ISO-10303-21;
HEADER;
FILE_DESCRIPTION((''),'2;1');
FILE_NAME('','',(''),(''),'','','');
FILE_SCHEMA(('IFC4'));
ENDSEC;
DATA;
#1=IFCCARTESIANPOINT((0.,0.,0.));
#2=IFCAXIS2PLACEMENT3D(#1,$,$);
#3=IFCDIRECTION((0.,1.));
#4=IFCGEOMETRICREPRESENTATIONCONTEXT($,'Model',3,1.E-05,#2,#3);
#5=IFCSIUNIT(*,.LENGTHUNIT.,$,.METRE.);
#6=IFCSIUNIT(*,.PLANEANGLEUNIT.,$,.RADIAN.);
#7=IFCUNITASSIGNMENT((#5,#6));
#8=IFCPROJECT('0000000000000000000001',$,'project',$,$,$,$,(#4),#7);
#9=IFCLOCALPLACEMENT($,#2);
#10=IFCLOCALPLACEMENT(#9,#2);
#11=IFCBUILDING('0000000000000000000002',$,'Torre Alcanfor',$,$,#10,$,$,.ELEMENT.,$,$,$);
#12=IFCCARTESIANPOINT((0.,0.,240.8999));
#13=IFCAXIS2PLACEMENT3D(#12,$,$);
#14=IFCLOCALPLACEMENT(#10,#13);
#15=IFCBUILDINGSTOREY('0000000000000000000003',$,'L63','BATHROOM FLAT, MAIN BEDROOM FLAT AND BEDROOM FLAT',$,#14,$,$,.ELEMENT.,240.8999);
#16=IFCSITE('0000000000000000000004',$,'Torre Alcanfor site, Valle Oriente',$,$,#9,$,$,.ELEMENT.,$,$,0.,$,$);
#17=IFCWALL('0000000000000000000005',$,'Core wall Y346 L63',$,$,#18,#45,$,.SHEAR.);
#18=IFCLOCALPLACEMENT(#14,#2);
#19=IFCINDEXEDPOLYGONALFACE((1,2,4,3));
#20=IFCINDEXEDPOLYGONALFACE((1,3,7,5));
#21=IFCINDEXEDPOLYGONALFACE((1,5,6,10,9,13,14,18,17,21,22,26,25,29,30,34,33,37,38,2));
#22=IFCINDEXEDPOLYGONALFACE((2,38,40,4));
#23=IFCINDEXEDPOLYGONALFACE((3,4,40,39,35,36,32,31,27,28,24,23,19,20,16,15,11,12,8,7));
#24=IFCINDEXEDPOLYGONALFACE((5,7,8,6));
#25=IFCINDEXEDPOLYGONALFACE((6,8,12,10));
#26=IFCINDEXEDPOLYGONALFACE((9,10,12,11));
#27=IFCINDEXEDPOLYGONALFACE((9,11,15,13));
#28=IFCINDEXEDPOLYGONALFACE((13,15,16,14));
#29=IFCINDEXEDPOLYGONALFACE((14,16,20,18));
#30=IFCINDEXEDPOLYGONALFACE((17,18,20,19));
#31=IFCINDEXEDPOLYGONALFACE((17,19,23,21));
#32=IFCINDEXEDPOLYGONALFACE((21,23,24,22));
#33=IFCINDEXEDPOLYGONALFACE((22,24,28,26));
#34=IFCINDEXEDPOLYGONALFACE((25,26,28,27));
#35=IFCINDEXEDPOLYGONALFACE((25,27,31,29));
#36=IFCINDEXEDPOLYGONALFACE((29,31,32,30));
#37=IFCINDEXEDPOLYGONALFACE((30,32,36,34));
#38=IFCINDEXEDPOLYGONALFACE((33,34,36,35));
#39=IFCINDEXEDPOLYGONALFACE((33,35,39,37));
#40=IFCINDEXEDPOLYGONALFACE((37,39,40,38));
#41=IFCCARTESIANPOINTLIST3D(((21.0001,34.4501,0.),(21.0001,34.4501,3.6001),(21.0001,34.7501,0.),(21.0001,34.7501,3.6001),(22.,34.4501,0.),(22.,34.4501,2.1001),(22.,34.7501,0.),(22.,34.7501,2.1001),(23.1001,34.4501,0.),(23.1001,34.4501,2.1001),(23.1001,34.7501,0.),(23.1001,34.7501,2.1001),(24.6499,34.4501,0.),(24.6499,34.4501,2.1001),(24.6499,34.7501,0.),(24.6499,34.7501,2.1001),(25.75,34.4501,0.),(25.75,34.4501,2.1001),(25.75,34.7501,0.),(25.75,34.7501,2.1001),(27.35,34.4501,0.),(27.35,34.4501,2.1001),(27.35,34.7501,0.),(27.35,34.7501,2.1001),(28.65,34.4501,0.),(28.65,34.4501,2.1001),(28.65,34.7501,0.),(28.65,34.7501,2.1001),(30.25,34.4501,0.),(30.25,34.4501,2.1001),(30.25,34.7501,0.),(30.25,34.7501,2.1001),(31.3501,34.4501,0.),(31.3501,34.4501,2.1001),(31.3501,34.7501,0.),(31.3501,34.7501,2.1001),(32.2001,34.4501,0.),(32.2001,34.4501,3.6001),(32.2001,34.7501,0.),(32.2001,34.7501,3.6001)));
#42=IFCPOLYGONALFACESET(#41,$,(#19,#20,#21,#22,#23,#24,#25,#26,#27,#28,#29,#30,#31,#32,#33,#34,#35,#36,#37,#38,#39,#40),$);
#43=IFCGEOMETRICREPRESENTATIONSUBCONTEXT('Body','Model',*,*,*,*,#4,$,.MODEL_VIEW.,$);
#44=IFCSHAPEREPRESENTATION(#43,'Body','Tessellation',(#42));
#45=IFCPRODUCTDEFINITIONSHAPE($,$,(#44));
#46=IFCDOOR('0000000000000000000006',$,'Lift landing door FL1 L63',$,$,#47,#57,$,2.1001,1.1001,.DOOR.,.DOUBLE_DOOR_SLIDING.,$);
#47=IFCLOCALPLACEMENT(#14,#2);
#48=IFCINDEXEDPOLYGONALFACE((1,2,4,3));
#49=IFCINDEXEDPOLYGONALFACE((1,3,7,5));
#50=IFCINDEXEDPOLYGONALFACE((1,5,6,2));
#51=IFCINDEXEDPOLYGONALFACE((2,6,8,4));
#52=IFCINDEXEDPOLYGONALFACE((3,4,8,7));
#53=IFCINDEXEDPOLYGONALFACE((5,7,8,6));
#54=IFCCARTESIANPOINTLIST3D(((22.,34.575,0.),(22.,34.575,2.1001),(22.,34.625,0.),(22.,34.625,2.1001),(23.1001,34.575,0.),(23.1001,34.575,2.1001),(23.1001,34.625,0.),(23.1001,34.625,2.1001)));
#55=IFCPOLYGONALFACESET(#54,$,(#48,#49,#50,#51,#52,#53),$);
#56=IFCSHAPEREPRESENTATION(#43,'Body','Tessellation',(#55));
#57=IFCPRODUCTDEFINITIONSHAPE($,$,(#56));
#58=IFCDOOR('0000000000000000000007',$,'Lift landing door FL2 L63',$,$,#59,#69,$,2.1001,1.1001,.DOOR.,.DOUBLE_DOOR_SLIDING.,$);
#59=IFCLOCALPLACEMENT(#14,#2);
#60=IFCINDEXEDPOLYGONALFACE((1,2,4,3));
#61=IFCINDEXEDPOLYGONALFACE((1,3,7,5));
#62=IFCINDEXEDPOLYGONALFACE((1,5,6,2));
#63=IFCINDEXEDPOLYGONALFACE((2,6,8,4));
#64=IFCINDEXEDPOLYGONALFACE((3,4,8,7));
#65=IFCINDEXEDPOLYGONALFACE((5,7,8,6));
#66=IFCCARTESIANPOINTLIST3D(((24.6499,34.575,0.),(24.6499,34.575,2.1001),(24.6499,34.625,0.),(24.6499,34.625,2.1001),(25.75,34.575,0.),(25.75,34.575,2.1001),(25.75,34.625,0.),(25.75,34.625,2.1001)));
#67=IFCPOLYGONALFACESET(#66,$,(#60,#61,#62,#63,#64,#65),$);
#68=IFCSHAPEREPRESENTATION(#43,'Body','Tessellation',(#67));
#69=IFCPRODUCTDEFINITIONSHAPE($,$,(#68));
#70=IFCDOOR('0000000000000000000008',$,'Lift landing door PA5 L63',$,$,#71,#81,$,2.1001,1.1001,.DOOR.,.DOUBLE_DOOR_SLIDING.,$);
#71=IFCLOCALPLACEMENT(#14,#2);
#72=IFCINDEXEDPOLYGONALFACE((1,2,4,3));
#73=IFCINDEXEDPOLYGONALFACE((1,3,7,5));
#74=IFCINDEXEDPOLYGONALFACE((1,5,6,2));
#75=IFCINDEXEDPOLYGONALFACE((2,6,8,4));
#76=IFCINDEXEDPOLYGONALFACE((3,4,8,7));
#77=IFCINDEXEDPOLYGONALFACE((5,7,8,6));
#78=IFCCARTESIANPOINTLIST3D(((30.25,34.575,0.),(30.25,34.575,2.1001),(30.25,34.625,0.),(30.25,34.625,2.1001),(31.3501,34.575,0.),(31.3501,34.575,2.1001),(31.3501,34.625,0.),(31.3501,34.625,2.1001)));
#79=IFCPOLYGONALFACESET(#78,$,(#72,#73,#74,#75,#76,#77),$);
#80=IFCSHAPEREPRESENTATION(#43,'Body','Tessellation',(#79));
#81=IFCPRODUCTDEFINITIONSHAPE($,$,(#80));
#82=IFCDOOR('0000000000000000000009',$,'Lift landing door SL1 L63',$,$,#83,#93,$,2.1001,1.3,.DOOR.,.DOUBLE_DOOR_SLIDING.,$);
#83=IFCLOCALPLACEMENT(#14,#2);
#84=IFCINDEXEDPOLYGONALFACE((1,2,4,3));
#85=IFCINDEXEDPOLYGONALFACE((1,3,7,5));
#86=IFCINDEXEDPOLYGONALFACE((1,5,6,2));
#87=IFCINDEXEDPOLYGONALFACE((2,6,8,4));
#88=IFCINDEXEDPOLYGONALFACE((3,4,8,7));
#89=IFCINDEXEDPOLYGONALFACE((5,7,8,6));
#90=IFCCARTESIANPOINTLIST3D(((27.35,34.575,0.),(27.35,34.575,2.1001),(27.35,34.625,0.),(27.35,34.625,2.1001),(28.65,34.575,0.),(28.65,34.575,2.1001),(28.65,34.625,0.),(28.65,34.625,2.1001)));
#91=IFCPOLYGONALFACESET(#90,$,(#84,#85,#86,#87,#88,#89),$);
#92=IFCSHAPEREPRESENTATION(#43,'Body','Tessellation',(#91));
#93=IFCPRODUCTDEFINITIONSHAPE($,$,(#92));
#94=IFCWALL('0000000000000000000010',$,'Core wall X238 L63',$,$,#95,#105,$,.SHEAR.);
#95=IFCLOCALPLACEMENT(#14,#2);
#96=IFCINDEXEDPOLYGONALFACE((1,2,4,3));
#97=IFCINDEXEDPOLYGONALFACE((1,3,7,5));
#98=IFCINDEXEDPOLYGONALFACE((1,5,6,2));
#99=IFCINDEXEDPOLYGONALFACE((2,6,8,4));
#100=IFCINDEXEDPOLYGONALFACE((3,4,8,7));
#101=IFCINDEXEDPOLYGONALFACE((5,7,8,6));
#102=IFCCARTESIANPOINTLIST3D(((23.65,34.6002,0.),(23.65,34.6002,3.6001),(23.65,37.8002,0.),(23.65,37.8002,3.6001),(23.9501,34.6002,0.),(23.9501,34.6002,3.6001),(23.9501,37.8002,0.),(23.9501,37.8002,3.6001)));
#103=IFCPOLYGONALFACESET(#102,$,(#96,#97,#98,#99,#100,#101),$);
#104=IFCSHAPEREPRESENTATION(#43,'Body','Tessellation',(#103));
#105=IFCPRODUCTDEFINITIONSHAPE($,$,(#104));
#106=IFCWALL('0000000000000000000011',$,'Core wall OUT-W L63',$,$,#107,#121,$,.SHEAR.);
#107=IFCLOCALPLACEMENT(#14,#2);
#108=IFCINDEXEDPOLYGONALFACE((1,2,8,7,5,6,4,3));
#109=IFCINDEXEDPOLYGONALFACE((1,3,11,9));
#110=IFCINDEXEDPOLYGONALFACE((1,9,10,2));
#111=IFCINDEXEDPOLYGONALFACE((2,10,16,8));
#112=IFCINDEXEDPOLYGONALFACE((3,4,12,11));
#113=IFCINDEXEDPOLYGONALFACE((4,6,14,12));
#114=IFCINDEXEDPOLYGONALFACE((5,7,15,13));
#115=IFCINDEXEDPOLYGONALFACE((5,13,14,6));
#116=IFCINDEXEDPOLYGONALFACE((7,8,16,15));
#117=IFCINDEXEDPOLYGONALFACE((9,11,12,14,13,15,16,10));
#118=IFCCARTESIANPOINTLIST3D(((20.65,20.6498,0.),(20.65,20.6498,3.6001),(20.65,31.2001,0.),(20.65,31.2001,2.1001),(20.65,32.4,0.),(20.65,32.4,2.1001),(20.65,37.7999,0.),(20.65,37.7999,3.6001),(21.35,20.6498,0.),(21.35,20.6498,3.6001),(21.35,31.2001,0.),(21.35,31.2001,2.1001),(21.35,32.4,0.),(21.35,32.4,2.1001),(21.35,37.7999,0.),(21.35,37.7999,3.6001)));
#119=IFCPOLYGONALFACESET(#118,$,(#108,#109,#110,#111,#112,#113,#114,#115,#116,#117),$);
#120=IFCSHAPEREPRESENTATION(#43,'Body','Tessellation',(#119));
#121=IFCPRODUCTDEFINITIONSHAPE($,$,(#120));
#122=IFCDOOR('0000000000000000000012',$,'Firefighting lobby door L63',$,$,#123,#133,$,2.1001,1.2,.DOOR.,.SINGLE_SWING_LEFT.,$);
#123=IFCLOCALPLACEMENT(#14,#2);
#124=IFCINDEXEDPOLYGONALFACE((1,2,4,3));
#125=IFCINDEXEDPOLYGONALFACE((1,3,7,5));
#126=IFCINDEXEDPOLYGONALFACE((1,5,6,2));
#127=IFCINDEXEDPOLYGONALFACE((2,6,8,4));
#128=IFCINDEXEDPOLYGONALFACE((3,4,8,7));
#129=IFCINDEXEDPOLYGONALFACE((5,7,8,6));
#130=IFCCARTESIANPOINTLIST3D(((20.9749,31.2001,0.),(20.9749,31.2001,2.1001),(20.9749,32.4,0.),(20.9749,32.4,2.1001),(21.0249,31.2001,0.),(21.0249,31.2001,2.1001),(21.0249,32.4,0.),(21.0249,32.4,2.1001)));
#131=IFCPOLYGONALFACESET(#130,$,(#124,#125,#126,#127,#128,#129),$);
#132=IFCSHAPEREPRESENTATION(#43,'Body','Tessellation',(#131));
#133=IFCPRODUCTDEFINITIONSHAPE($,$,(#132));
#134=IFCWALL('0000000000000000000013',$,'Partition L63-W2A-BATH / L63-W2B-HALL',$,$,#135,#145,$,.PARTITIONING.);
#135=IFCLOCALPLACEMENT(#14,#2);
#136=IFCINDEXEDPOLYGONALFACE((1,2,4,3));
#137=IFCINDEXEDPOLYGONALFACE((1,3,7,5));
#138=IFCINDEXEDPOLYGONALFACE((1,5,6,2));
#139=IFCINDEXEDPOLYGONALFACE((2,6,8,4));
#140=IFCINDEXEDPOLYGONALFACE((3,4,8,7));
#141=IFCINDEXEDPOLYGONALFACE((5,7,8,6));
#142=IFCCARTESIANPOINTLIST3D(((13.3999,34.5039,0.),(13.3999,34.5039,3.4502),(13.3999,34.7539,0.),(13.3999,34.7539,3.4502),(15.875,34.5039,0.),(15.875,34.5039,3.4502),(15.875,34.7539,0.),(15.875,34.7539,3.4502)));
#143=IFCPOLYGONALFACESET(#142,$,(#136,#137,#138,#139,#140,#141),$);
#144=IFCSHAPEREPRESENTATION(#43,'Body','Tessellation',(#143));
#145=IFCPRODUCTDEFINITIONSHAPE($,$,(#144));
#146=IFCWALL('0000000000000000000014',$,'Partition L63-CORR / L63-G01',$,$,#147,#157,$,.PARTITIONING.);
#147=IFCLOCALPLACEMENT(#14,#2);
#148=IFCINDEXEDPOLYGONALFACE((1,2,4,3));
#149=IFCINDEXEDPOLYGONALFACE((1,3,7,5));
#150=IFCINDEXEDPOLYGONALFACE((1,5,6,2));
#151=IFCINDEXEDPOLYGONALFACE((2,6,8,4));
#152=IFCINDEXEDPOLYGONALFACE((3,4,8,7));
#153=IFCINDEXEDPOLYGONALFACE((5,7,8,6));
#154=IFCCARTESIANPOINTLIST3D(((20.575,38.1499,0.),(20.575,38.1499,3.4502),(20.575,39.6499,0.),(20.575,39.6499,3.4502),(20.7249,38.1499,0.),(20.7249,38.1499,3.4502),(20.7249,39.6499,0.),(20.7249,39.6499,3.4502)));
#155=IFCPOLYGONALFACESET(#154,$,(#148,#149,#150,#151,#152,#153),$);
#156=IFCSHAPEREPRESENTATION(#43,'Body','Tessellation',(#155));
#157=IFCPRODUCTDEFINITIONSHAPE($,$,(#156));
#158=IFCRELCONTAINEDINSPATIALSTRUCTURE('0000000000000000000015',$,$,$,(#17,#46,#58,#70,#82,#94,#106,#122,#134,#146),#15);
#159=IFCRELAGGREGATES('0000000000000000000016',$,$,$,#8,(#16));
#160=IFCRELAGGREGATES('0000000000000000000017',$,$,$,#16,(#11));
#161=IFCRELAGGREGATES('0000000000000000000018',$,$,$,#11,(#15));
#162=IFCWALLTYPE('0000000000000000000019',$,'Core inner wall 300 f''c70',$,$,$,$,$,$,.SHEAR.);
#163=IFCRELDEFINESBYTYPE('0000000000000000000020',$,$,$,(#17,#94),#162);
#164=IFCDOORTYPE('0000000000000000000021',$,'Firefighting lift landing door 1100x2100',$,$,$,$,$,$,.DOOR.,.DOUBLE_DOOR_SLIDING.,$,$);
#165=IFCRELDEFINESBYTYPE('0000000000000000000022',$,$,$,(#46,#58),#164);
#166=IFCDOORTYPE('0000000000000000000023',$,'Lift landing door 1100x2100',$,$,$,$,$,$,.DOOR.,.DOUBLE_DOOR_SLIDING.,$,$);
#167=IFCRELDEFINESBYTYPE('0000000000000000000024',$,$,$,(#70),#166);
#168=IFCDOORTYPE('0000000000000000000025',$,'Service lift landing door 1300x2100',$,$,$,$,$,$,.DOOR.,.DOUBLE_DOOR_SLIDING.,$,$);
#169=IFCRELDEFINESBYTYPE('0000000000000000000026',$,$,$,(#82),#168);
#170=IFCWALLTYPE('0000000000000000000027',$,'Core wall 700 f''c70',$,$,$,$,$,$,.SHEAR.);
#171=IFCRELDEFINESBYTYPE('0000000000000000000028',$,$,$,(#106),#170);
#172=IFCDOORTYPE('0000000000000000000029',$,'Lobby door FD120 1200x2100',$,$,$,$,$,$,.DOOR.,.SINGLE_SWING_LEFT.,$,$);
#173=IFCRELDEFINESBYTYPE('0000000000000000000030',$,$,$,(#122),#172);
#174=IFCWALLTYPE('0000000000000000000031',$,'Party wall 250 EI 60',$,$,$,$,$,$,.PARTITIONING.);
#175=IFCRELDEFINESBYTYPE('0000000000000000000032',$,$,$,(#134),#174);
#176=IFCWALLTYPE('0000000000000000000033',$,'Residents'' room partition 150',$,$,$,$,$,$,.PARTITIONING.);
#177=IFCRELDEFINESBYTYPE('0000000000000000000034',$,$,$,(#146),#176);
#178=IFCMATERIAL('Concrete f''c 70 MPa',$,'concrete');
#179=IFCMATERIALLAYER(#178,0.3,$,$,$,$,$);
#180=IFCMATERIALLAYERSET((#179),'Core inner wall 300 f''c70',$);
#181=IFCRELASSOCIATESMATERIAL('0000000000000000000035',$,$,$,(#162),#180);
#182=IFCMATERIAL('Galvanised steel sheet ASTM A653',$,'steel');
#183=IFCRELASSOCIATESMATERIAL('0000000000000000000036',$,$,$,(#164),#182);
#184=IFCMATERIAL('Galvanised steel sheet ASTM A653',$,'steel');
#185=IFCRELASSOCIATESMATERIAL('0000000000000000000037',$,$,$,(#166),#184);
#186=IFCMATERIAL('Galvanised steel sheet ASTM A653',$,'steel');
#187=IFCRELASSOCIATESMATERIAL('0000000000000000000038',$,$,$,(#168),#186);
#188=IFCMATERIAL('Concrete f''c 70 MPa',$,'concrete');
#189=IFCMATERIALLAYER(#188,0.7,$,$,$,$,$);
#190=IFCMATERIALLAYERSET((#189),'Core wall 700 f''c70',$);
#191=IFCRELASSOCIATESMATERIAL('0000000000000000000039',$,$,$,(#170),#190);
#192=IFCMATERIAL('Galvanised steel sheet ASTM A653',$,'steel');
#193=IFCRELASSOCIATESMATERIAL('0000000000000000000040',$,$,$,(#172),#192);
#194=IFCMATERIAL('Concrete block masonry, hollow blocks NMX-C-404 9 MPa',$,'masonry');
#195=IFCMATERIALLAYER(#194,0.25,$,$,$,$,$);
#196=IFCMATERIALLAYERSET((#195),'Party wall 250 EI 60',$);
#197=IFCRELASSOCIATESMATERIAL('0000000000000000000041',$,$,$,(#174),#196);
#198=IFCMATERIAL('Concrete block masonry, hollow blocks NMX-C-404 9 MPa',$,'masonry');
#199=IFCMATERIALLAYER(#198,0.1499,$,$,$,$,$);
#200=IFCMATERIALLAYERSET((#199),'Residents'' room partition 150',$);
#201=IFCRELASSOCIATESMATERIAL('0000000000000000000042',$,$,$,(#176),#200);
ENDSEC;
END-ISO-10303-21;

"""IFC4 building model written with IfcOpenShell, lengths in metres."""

from ifc_helpers import new_model, si_unit, direction, frame, frame_2d, origin, place, context, subcontext, project, spatial, rectangle, extrude, material, layer, layer_set, type_object, element, fill, save


model = new_model("IFC4")

# Units and contexts
model_context = context("Model", 3, precision=1e-05, world=origin(), true_north=direction((0.0, 1.0)))
body_context = subcontext(model_context, "Body", "Model", "MODEL_VIEW")
ifc_project = project(units=[si_unit("LENGTHUNIT", "METRE"), si_unit("PLANEANGLEUNIT", "RADIAN")], contexts=[model_context])

# Site, building, storey
site_placement = place(None, origin())
site = spatial("IfcSite", under=ifc_project, at=site_placement, Name="Torre Alcanfor site, Valle Oriente", CompositionType="ELEMENT", RefElevation=0.0)
building_placement = place(site_placement, origin())
building = spatial("IfcBuilding", under=site, at=building_placement, Name="Torre Alcanfor", CompositionType="ELEMENT")
storey_placement = place(building_placement, frame((0.0, 0.0, 240.8999)))
storey = spatial("IfcBuildingStorey", under=building, at=storey_placement, Name="L63", Description="BATHROOM FLAT, MAIN BEDROOM FLAT AND BEDROOM FLAT", CompositionType="ELEMENT", Elevation=240.8999)

# Wall, openings, doors
ifc_material_1 = material(Name="Concrete f'c 70 MPa", Category="concrete")
ifc_layer_1 = layer(ifc_material_1, 0.3)
ifc_layer_set_1 = layer_set([ifc_layer_1], Name="Core inner wall 300 f'c70")
wall_type_1 = type_object("IfcWallType", Name="Core inner wall 300 f'c70", PredefinedType="SHEAR", material=ifc_layer_set_1)
wall_1_placement = place(storey_placement, frame((21.0, 34.6001, 0.0), z_axis=(0.0, 0.0, 1.0), x_axis=(1.0, 0.0, 0.0)))
wall_1 = element("IfcWall", 1, at=wall_1_placement, inside=storey, type_object=wall_type_1, Name="Core wall Y346 L63", PredefinedType="SHEAR", context=body_context, shape_type="SweptSolid", body=[
    extrude(rectangle(XDim=11.2, YDim=0.3, at=frame_2d((5.6001, 0.0))), origin(), (0.0, 0.0, 1.0), 3.6001),
])
opening_1_placement = place(wall_1_placement, frame((9.25, 0.0, 0.0)))
opening_1 = element("IfcOpeningElement", 2, at=opening_1_placement, cuts=wall_1, PredefinedType="OPENING", context=body_context, shape_type="SweptSolid", body=[
    extrude(rectangle(XDim=1.1001, YDim=2.1001, at=frame_2d((0.55, 1.05))), frame((0.0, 0.1599, 0.0), z_axis=(0.0, -1.0, 0.0), x_axis=(1.0, 0.0, 0.0)), (0.0, 0.0, 1.0), 0.3201),
])
opening_2_placement = place(wall_1_placement, frame((1.0, 0.0, 0.0)))
opening_2 = element("IfcOpeningElement", 3, at=opening_2_placement, cuts=wall_1, PredefinedType="OPENING", context=body_context, shape_type="SweptSolid", body=[
    extrude(rectangle(XDim=1.1001, YDim=2.1001, at=frame_2d((0.55, 1.05))), frame((0.0, 0.1599, 0.0), z_axis=(0.0, -1.0, 0.0), x_axis=(1.0, 0.0, 0.0)), (0.0, 0.0, 1.0), 0.3201),
])
opening_3_placement = place(wall_1_placement, frame((3.6499, 0.0, 0.0)))
opening_3 = element("IfcOpeningElement", 4, at=opening_3_placement, cuts=wall_1, PredefinedType="OPENING", context=body_context, shape_type="SweptSolid", body=[
    extrude(rectangle(XDim=1.1001, YDim=2.1001, at=frame_2d((0.55, 1.05))), frame((0.0, 0.1599, 0.0), z_axis=(0.0, -1.0, 0.0), x_axis=(1.0, 0.0, 0.0)), (0.0, 0.0, 1.0), 0.3201),
])
opening_4_placement = place(wall_1_placement, frame((6.3501, 0.0, 0.0)))
opening_4 = element("IfcOpeningElement", 5, at=opening_4_placement, cuts=wall_1, PredefinedType="OPENING", context=body_context, shape_type="SweptSolid", body=[
    extrude(rectangle(XDim=1.3, YDim=2.1001, at=frame_2d((0.6499, 1.05))), frame((0.0, 0.1599, 0.0), z_axis=(0.0, -1.0, 0.0), x_axis=(1.0, 0.0, 0.0)), (0.0, 0.0, 1.0), 0.3201),
])
ifc_material_2 = material(Name="Galvanised steel sheet ASTM A653", Category="steel")
door_type_1 = type_object("IfcDoorType", Name="Firefighting lift landing door 1100x2100", OperationType="DOUBLE_DOOR_SLIDING", PredefinedType="DOOR", material=ifc_material_2)
door_1_placement = place(opening_2_placement, origin())
door_1 = element("IfcDoor", 6, at=door_1_placement, inside=storey, type_object=door_type_1, Name="Lift landing door FL1 L63", OperationType="DOUBLE_DOOR_SLIDING", OverallHeight=2.1001, OverallWidth=1.1001, PredefinedType="DOOR", context=body_context, shape_type="SweptSolid", body=[
    extrude(rectangle(XDim=1.1001, YDim=2.1001, at=frame_2d((0.55, 1.05))), frame((0.0, 0.0249, 0.0), z_axis=(0.0, -1.0, 0.0), x_axis=(1.0, 0.0, 0.0)), (0.0, 0.0, 1.0), 0.05),
])
fill(opening_2, door_1)
door_2_placement = place(opening_3_placement, origin())
door_2 = element("IfcDoor", 7, at=door_2_placement, inside=storey, type_object=door_type_1, Name="Lift landing door FL2 L63", OperationType="DOUBLE_DOOR_SLIDING", OverallHeight=2.1001, OverallWidth=1.1001, PredefinedType="DOOR", context=body_context, shape_type="SweptSolid", body=[
    extrude(rectangle(XDim=1.1001, YDim=2.1001, at=frame_2d((0.55, 1.05))), frame((0.0, 0.0249, 0.0), z_axis=(0.0, -1.0, 0.0), x_axis=(1.0, 0.0, 0.0)), (0.0, 0.0, 1.0), 0.05),
])
fill(opening_3, door_2)
ifc_material_3 = material(Name="Galvanised steel sheet ASTM A653", Category="steel")
door_type_2 = type_object("IfcDoorType", Name="Lift landing door 1100x2100", OperationType="DOUBLE_DOOR_SLIDING", PredefinedType="DOOR", material=ifc_material_3)
door_3_placement = place(opening_1_placement, origin())
door_3 = element("IfcDoor", 8, at=door_3_placement, inside=storey, type_object=door_type_2, Name="Lift landing door PA5 L63", OperationType="DOUBLE_DOOR_SLIDING", OverallHeight=2.1001, OverallWidth=1.1001, PredefinedType="DOOR", context=body_context, shape_type="SweptSolid", body=[
    extrude(rectangle(XDim=1.1001, YDim=2.1001, at=frame_2d((0.55, 1.05))), frame((0.0, 0.0249, 0.0), z_axis=(0.0, -1.0, 0.0), x_axis=(1.0, 0.0, 0.0)), (0.0, 0.0, 1.0), 0.05),
])
fill(opening_1, door_3)
ifc_material_4 = material(Name="Galvanised steel sheet ASTM A653", Category="steel")
door_type_3 = type_object("IfcDoorType", Name="Service lift landing door 1300x2100", OperationType="DOUBLE_DOOR_SLIDING", PredefinedType="DOOR", material=ifc_material_4)
door_4_placement = place(opening_4_placement, origin())
door_4 = element("IfcDoor", 9, at=door_4_placement, inside=storey, type_object=door_type_3, Name="Lift landing door SL1 L63", OperationType="DOUBLE_DOOR_SLIDING", OverallHeight=2.1001, OverallWidth=1.3, PredefinedType="DOOR", context=body_context, shape_type="SweptSolid", body=[
    extrude(rectangle(XDim=1.3, YDim=2.1001, at=frame_2d((0.6499, 1.05))), frame((0.0, 0.0249, 0.0), z_axis=(0.0, -1.0, 0.0), x_axis=(1.0, 0.0, 0.0)), (0.0, 0.0, 1.0), 0.05),
])
fill(opening_4, door_4)

# Wall
wall_2_placement = place(storey_placement, frame((23.8, 34.6001, 0.0), z_axis=(0.0, 0.0, 1.0), x_axis=(0.0, 1.0, 0.0)))
element("IfcWall", 10, at=wall_2_placement, inside=storey, type_object=wall_type_1, Name="Core wall X238 L63", PredefinedType="SHEAR", context=body_context, shape_type="SweptSolid", body=[
    extrude(rectangle(XDim=3.2, YDim=0.3, at=frame_2d((1.6001, 0.0))), origin(), (0.0, 0.0, 1.0), 3.6001),
])

# Wall, opening, door
ifc_material_5 = material(Name="Concrete f'c 70 MPa", Category="concrete")
ifc_layer_2 = layer(ifc_material_5, 0.7)
ifc_layer_set_2 = layer_set([ifc_layer_2], Name="Core wall 700 f'c70")
wall_type_2 = type_object("IfcWallType", Name="Core wall 700 f'c70", PredefinedType="SHEAR", material=ifc_layer_set_2)
wall_3_placement = place(storey_placement, frame((21.0, 37.8, 0.0), z_axis=(0.0, 0.0, 1.0), x_axis=(0.0, -1.0, 0.0)))
wall_3 = element("IfcWall", 11, at=wall_3_placement, inside=storey, type_object=wall_type_2, Name="Core wall OUT-W L63", PredefinedType="SHEAR", context=body_context, shape_type="SweptSolid", body=[
    extrude(rectangle(XDim=17.1501, YDim=0.7, at=frame_2d((8.5752, 0.0))), origin(), (0.0, 0.0, 1.0), 3.6001),
])
opening_5_placement = place(wall_3_placement, frame((5.3999, 0.0, 0.0)))
opening_5 = element("IfcOpeningElement", 12, at=opening_5_placement, cuts=wall_3, PredefinedType="OPENING", context=body_context, shape_type="SweptSolid", body=[
    extrude(rectangle(XDim=1.2, YDim=2.1001, at=frame_2d((0.6001, 1.05))), frame((0.0, 0.3599, 0.0), z_axis=(0.0, -1.0, 0.0), x_axis=(1.0, 0.0, 0.0)), (0.0, 0.0, 1.0), 0.72),
])
ifc_material_6 = material(Name="Galvanised steel sheet ASTM A653", Category="steel")
door_type_4 = type_object("IfcDoorType", Name="Lobby door FD120 1200x2100", OperationType="SINGLE_SWING_LEFT", PredefinedType="DOOR", material=ifc_material_6)
door_5_placement = place(opening_5_placement, origin())
door_5 = element("IfcDoor", 13, at=door_5_placement, inside=storey, type_object=door_type_4, Name="Firefighting lobby door L63", OperationType="SINGLE_SWING_LEFT", OverallHeight=2.1001, OverallWidth=1.2, PredefinedType="DOOR", context=body_context, shape_type="SweptSolid", body=[
    extrude(rectangle(XDim=1.2, YDim=2.1001, at=frame_2d((0.6001, 1.05))), frame((0.0, 0.0249, 0.0), z_axis=(0.0, -1.0, 0.0), x_axis=(1.0, 0.0, 0.0)), (0.0, 0.0, 1.0), 0.05),
])
fill(opening_5, door_5)

# Walls
ifc_material_7 = material(Name="Concrete block masonry, hollow blocks NMX-C-404 9 MPa", Category="masonry")
ifc_layer_3 = layer(ifc_material_7, 0.25)
ifc_layer_set_3 = layer_set([ifc_layer_3], Name="Party wall 250 EI 60")
wall_type_3 = type_object("IfcWallType", Name="Party wall 250 EI 60", PredefinedType="PARTITIONING", material=ifc_layer_set_3)
wall_4_placement = place(storey_placement, frame((13.3999, 34.6289, 0.0), z_axis=(0.0, 0.0, 1.0), x_axis=(1.0, 0.0, 0.0)))
element("IfcWall", 14, at=wall_4_placement, inside=storey, type_object=wall_type_3, Name="Partition L63-W2A-BATH / L63-W2B-HALL", PredefinedType="PARTITIONING", context=body_context, shape_type="SweptSolid", body=[
    extrude(rectangle(XDim=2.4751, YDim=0.25, at=frame_2d((1.2375, 0.0))), origin(), (0.0, 0.0, 1.0), 3.4502),
])
ifc_material_8 = material(Name="Concrete block masonry, hollow blocks NMX-C-404 9 MPa", Category="masonry")
ifc_layer_4 = layer(ifc_material_8, 0.1499)
ifc_layer_set_4 = layer_set([ifc_layer_4], Name="Residents' room partition 150")
wall_type_4 = type_object("IfcWallType", Name="Residents' room partition 150", PredefinedType="PARTITIONING", material=ifc_layer_set_4)
wall_5_placement = place(storey_placement, frame((20.6499, 39.6499, 0.0), z_axis=(0.0, 0.0, 1.0), x_axis=(0.0, -1.0, 0.0)))
element("IfcWall", 15, at=wall_5_placement, inside=storey, type_object=wall_type_4, Name="Partition L63-CORR / L63-G01", PredefinedType="PARTITIONING", context=body_context, shape_type="SweptSolid", body=[
    extrude(rectangle(XDim=1.5, YDim=0.1499, at=frame_2d((0.75, 0.0))), origin(), (0.0, 0.0, 1.0), 3.4502),
])

save(model, "model.ifc")
